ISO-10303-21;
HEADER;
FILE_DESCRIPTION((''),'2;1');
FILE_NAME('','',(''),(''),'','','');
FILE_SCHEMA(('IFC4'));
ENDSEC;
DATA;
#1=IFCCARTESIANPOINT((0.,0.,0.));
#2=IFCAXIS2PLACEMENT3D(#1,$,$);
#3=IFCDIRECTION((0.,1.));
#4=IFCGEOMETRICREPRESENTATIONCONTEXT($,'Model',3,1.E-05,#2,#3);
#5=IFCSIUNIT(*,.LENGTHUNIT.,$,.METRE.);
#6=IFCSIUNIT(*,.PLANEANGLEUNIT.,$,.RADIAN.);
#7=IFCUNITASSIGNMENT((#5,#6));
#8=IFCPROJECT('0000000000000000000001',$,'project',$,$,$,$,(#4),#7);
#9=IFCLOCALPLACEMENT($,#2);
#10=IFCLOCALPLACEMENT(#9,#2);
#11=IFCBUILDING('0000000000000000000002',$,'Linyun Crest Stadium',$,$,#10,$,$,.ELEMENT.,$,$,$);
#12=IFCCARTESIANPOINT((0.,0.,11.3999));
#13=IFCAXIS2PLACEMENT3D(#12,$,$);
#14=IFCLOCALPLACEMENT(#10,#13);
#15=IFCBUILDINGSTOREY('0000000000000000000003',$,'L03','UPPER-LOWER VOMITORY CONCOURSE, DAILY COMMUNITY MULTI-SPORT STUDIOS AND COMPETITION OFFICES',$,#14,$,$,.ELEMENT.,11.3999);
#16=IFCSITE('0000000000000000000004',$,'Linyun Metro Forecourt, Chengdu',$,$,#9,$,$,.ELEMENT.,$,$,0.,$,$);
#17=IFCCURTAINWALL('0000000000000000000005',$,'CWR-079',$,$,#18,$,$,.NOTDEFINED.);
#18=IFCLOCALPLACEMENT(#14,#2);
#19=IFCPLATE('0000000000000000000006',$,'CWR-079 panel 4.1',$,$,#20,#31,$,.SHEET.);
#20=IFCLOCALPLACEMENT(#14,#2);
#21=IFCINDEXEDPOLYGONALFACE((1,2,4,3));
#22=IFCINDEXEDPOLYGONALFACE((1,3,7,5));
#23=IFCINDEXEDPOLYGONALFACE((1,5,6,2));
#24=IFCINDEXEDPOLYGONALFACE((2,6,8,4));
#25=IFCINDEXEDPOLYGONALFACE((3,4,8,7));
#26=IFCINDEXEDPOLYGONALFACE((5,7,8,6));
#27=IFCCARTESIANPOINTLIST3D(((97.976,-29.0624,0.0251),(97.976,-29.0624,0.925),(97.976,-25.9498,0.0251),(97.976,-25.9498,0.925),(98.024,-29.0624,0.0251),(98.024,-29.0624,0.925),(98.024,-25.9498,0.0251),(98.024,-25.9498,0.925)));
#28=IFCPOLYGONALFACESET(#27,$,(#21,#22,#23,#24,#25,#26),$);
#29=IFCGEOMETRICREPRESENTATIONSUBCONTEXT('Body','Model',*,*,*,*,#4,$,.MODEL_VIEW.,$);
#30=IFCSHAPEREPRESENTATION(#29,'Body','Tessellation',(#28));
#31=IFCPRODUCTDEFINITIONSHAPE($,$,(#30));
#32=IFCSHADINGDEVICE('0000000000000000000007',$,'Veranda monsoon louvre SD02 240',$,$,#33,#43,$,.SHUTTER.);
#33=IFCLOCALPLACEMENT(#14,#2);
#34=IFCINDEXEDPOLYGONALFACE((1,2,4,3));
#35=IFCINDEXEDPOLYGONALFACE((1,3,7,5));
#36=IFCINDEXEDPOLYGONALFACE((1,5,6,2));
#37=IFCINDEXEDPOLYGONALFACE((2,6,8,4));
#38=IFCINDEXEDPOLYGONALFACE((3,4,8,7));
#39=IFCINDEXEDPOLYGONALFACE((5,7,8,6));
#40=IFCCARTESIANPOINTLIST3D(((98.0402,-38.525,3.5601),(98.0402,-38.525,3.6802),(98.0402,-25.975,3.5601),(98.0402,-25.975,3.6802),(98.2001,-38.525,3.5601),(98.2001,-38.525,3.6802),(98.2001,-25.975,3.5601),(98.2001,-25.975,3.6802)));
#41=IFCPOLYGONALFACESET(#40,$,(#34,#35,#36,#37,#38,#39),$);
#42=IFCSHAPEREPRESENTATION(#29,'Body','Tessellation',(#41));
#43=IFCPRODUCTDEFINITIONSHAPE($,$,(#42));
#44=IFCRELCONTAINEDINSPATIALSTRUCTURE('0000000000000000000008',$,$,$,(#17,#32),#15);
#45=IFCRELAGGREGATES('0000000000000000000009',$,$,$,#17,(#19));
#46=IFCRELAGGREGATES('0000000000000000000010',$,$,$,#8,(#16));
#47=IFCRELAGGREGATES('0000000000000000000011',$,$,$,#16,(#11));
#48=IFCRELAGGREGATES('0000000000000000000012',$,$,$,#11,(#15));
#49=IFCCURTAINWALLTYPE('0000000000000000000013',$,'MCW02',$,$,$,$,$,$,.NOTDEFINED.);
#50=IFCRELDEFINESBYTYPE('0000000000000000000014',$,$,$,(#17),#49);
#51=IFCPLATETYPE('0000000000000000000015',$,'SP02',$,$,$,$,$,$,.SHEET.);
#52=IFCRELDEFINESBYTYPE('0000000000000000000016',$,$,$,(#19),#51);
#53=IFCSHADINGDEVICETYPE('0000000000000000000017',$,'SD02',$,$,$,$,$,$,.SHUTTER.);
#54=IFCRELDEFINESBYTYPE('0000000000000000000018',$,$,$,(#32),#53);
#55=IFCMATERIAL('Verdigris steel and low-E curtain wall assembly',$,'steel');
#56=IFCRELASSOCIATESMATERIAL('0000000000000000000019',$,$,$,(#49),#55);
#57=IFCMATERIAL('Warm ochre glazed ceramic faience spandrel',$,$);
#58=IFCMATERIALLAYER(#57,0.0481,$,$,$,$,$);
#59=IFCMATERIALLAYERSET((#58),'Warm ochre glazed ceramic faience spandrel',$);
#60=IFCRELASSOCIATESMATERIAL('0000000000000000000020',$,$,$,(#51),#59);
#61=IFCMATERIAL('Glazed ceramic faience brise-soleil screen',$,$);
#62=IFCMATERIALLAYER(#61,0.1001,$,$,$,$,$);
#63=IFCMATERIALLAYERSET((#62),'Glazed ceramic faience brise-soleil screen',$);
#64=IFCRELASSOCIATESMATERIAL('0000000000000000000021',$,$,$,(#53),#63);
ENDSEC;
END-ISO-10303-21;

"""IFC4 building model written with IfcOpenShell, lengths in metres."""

from ifc_helpers import new_model, si_unit, direction, frame, origin, origin_2d, place, context, subcontext, project, spatial, rectangle, extrude, material, layer, layer_set, type_object, element, aggregate, save


model = new_model("IFC4")

# Units and contexts
model_context = context("Model", 3, precision=1e-05, world=origin(), true_north=direction((0.0, 1.0)))
body_context = subcontext(model_context, "Body", "Model", "MODEL_VIEW")
ifc_project = project(units=[si_unit("LENGTHUNIT", "METRE"), si_unit("PLANEANGLEUNIT", "RADIAN")], contexts=[model_context])

# Site, building, storey
site_placement = place(None, origin())
site = spatial("IfcSite", under=ifc_project, at=site_placement, Name="Linyun Metro Forecourt, Chengdu", CompositionType="ELEMENT", RefElevation=0.0)
building_placement = place(site_placement, origin())
building = spatial("IfcBuilding", under=site, at=building_placement, Name="Linyun Crest Stadium", CompositionType="ELEMENT")
storey_placement = place(building_placement, frame((0.0, 0.0, 11.3999)))
storey = spatial("IfcBuildingStorey", under=building, at=storey_placement, Name="L03", Description="UPPER-LOWER VOMITORY CONCOURSE, DAILY COMMUNITY MULTI-SPORT STUDIOS AND COMPETITION OFFICES", CompositionType="ELEMENT", Elevation=11.3999)

# Curtain wall
ifc_material_1 = material(Name="Verdigris steel and low-E curtain wall assembly", Category="steel")
curtain_wall_type = type_object("IfcCurtainWallType", Name="MCW02", PredefinedType="NOTDEFINED", material=ifc_material_1)
curtain_wall_1_placement = place(storey_placement, origin())
curtain_wall_1 = element("IfcCurtainWall", 1, at=curtain_wall_1_placement, inside=storey, type_object=curtain_wall_type, Name="CWR-079", PredefinedType="NOTDEFINED")

# Plate
ifc_material_2 = material(Name="Warm ochre glazed ceramic faience spandrel")
ifc_layer_1 = layer(ifc_material_2, 0.0481)
ifc_layer_set_1 = layer_set([ifc_layer_1], Name="Warm ochre glazed ceramic faience spandrel")
plate_type_1 = type_object("IfcPlateType", Name="SP02", PredefinedType="SHEET", material=ifc_layer_set_1)
plate_1_placement = place(storey_placement, frame((98.0, -27.5061, 0.0251), z_axis=(0.0, 0.0, 1.0), x_axis=(0.0, 1.0, 0.0)))
plate_1 = element("IfcPlate", 2, at=plate_1_placement, type_object=plate_type_1, Name="CWR-079 panel 4.1", PredefinedType="SHEET", context=body_context, shape_type="SweptSolid", body=[
    extrude(rectangle(XDim=3.1125, YDim=0.0481, at=origin_2d()), origin(), (0.0, 0.0, 1.0), 0.8999),
])
aggregate(curtain_wall_1, [plate_1])

# Shading device
ifc_material_3 = material(Name="Glazed ceramic faience brise-soleil screen")
ifc_layer_2 = layer(ifc_material_3, 0.1001)
ifc_layer_set_2 = layer_set([ifc_layer_2], Name="Glazed ceramic faience brise-soleil screen")
shading_device_type = type_object("IfcShadingDeviceType", Name="SD02", PredefinedType="SHUTTER", material=ifc_layer_set_2)
shading_device_placement = place(storey_placement, frame((98.1201, -32.25, 3.5601), z_axis=(0.0, 0.0, 1.0), x_axis=(1.0, 0.0, 0.0)))
element("IfcShadingDevice", 3, at=shading_device_placement, inside=storey, type_object=shading_device_type, Name="Veranda monsoon louvre SD02 240", PredefinedType="SHUTTER", context=body_context, shape_type="SweptSolid", body=[
    extrude(rectangle(XDim=0.1599, YDim=12.55, at=origin_2d()), origin(), (0.0, 0.0, 1.0), 0.1201),
])

save(model, "model.ifc")
